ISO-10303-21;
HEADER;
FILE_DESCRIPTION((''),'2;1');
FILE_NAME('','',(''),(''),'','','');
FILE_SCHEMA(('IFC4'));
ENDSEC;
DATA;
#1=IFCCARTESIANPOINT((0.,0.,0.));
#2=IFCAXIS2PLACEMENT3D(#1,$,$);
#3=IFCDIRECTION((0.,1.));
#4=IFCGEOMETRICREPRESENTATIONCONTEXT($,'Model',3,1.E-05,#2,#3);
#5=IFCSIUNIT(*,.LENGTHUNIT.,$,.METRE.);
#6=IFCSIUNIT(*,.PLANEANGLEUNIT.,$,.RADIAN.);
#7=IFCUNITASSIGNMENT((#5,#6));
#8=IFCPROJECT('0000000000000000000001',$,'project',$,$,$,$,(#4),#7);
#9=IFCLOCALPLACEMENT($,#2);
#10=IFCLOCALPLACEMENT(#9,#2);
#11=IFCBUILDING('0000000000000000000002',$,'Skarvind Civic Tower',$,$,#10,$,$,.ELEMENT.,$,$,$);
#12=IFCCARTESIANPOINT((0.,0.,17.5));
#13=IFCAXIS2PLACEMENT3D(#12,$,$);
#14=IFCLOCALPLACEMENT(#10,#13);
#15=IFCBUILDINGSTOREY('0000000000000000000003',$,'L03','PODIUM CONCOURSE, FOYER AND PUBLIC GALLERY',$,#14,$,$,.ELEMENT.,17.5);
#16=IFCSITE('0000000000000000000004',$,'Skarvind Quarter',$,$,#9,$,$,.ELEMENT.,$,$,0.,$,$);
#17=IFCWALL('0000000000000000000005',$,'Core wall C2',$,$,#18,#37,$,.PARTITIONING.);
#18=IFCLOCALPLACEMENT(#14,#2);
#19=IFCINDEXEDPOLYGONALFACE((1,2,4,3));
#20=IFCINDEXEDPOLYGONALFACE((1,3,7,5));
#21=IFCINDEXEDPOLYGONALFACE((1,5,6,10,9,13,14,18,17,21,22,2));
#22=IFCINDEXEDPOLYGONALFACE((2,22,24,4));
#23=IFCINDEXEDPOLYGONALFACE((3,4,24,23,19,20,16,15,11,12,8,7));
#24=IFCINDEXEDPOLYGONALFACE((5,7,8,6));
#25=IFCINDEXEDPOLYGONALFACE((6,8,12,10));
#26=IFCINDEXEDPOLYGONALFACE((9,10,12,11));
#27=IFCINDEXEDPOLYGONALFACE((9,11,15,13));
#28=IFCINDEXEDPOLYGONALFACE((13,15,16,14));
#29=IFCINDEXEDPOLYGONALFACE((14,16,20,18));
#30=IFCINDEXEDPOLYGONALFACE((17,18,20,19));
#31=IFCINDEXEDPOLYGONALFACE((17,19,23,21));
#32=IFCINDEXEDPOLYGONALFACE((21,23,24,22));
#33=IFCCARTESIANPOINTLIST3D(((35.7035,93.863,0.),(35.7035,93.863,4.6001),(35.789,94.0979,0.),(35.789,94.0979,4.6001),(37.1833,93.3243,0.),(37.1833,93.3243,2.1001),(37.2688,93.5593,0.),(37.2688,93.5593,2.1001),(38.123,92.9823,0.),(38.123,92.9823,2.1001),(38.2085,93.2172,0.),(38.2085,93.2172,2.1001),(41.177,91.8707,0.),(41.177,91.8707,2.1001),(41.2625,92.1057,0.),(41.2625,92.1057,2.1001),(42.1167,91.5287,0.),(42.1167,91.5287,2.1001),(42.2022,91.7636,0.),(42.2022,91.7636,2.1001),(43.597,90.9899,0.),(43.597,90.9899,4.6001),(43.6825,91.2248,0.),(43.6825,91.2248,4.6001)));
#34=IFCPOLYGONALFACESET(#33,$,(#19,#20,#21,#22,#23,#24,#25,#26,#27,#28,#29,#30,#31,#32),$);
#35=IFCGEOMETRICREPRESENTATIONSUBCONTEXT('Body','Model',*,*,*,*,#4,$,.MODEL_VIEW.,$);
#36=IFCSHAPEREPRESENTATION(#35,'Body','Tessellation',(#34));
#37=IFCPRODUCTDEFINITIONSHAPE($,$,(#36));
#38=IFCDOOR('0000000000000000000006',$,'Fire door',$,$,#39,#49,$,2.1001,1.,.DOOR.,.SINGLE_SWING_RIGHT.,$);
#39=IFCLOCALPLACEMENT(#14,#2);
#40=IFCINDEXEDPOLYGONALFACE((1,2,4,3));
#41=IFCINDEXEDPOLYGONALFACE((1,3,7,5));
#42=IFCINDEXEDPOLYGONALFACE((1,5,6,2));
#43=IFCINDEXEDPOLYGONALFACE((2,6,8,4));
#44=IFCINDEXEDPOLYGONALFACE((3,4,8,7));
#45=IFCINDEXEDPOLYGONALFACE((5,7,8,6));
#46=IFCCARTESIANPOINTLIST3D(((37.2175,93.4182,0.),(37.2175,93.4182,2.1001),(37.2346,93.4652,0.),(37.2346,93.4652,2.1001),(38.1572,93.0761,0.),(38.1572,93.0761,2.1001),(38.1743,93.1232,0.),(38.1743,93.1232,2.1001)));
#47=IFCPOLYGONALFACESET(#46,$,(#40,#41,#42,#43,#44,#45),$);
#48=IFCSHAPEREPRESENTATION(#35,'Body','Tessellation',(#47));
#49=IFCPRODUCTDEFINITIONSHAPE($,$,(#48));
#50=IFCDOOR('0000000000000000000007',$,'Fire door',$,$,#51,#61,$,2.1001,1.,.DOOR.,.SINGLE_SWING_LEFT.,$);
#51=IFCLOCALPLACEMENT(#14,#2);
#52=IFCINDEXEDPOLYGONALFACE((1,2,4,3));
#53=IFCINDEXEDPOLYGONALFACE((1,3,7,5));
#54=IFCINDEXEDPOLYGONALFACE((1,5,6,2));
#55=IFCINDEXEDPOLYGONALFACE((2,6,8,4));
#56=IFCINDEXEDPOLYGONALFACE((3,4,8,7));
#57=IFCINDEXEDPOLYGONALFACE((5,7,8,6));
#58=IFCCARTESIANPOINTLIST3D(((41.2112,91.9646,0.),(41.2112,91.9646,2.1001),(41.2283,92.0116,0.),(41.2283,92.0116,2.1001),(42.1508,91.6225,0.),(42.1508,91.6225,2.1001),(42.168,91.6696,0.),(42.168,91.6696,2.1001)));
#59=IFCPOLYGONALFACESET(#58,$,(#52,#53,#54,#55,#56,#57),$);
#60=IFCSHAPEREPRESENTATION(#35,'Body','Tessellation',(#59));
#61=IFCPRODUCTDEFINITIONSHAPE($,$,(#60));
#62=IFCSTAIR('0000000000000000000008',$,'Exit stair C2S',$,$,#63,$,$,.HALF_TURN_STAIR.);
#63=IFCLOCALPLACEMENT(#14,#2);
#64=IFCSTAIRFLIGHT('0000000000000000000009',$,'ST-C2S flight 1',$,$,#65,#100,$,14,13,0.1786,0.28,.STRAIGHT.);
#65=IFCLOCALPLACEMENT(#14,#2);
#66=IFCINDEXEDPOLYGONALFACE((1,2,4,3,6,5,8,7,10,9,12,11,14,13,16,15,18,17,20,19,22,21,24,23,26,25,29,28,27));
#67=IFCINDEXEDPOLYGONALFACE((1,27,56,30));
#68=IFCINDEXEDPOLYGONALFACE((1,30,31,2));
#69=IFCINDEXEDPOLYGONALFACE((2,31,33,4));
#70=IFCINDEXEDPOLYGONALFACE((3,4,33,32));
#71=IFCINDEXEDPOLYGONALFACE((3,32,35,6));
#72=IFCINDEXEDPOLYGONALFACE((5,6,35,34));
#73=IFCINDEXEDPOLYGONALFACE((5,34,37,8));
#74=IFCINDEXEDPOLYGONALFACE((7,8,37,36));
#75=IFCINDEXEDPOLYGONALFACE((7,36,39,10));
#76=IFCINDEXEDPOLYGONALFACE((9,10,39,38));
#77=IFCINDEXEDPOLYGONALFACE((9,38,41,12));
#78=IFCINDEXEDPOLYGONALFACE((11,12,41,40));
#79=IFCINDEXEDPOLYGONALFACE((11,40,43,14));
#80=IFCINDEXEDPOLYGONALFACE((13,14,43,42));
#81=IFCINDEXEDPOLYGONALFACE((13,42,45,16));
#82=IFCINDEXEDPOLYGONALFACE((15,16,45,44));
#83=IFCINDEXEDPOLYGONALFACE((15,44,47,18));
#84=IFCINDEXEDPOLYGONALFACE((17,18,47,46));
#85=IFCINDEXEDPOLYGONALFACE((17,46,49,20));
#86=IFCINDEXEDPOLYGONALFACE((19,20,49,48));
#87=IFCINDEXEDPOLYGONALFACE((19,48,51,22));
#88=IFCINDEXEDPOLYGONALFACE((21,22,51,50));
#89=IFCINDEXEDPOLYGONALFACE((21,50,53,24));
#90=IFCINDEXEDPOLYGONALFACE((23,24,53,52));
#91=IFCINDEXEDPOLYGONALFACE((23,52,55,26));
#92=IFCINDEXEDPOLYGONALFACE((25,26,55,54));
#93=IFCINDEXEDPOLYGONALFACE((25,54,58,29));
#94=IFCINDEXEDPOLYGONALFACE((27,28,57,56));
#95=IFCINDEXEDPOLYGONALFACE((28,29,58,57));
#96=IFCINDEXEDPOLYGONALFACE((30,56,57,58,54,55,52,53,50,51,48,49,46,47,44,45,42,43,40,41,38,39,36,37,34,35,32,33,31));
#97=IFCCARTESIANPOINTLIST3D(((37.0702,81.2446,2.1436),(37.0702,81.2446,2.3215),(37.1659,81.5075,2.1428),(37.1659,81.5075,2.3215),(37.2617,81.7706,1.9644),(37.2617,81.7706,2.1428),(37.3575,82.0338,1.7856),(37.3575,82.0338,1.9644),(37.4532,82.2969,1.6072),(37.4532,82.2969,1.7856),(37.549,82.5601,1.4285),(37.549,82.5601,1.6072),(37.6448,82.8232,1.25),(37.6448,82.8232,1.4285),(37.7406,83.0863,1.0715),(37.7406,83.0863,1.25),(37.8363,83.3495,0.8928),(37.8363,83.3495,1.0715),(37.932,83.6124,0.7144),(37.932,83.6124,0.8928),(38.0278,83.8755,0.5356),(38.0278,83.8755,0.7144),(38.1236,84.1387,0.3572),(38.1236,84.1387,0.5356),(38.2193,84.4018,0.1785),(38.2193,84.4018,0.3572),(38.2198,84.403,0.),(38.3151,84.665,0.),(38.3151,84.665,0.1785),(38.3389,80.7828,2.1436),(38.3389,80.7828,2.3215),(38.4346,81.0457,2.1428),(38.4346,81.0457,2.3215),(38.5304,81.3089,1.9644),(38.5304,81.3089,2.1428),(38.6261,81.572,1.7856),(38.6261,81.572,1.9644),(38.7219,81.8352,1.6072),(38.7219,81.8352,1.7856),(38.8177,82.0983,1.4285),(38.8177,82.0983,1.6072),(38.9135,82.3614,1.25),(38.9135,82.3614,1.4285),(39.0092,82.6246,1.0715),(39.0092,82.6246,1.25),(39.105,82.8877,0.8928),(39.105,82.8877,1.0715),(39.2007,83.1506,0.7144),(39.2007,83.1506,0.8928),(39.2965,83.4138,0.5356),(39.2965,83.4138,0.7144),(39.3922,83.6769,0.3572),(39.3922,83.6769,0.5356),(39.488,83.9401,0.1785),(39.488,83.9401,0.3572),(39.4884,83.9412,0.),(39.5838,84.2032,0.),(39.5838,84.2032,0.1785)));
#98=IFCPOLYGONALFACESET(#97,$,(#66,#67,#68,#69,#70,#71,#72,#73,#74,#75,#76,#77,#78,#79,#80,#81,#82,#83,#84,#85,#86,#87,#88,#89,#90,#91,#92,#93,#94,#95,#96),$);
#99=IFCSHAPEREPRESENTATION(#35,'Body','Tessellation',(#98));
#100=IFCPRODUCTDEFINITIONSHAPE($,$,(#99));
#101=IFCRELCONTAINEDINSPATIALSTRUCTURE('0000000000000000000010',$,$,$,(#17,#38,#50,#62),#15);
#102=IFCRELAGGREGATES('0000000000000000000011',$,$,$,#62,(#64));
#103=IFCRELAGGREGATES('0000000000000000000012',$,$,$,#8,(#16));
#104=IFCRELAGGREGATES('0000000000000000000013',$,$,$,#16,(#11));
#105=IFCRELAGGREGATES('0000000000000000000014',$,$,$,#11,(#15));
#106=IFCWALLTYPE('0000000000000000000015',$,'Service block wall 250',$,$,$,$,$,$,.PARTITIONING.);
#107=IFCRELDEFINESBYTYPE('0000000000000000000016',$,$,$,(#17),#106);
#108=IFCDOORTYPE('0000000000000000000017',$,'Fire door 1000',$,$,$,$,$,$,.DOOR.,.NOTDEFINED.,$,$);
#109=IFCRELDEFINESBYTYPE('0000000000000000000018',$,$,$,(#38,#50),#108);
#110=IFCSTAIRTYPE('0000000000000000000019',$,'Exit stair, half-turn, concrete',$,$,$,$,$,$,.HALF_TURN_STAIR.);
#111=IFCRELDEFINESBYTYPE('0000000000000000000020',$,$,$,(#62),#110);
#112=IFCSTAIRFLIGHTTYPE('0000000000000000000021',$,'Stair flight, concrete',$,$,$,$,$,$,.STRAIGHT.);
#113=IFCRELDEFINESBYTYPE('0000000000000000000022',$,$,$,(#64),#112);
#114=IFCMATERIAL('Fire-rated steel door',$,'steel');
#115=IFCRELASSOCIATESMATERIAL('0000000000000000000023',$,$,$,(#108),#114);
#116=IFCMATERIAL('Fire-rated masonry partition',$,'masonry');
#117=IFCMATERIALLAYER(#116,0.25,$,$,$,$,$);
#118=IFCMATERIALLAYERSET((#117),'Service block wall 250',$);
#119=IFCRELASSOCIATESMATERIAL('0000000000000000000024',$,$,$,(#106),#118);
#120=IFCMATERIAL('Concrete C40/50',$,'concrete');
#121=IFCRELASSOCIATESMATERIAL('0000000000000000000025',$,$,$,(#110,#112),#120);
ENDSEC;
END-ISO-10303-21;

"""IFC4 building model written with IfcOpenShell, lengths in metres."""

from ifc_helpers import new_model, si_unit, direction, frame, frame_2d, origin, place, context, subcontext, project, spatial, polyline, rectangle, outline, extrude, material, layer, layer_set, type_object, element, fill, aggregate, save


model = new_model("IFC4")

# Units and contexts
model_context = context("Model", 3, precision=1e-05, world=origin(), true_north=direction((0.0, 1.0)))
body_context = subcontext(model_context, "Body", "Model", "MODEL_VIEW")
ifc_project = project(units=[si_unit("LENGTHUNIT", "METRE"), si_unit("PLANEANGLEUNIT", "RADIAN")], contexts=[model_context])

# Site, building, storey
site_placement = place(None, origin())
site = spatial("IfcSite", under=ifc_project, at=site_placement, Name="Skarvind Quarter", CompositionType="ELEMENT", RefElevation=0.0)
building_placement = place(site_placement, origin())
building = spatial("IfcBuilding", under=site, at=building_placement, Name="Skarvind Civic Tower", CompositionType="ELEMENT")
storey_placement = place(building_placement, frame((0.0, 0.0, 17.5)))
storey = spatial("IfcBuildingStorey", under=building, at=storey_placement, Name="L03", Description="PODIUM CONCOURSE, FOYER AND PUBLIC GALLERY", CompositionType="ELEMENT", Elevation=17.5)

# Shared definitions
ifc_material_1 = material(Name="Fire-rated masonry partition", Category="masonry")
ifc_material_2 = material(Name="Fire-rated steel door", Category="steel")

# Shared definitions
door_type_1 = type_object("IfcDoorType", Name="Fire door 1000", OperationType="NOTDEFINED", PredefinedType="DOOR", material=ifc_material_2)

# Wall, openings, doors
ifc_layer_1 = layer(ifc_material_1, 0.25)
ifc_layer_set_1 = layer_set([ifc_layer_1], Name="Service block wall 250")
wall_type_1 = type_object("IfcWallType", Name="Service block wall 250", PredefinedType="PARTITIONING", material=ifc_layer_set_1)
wall_1_placement = place(storey_placement, frame((35.7461, 93.9805, 0.0), z_axis=(0.0, 0.0, 1.0), x_axis=(0.939692, -0.342023, 0.0)))
wall_1 = element("IfcWall", 1, at=wall_1_placement, inside=storey, type_object=wall_type_1, Name="Core wall C2", PredefinedType="PARTITIONING", context=body_context, shape_type="SweptSolid", body=[
    extrude(rectangle(XDim=8.4001, YDim=0.25, at=frame_2d((4.2002, 0.0))), origin(), (0.0, 0.0, 1.0), 4.6001),
])
opening_1_placement = place(wall_1_placement, frame((1.575, 0.0, 0.0)))
opening_1 = element("IfcOpeningElement", 2, at=opening_1_placement, cuts=wall_1, PredefinedType="OPENING", context=body_context, shape_type="SweptSolid", body=[
    extrude(rectangle(XDim=1.0, YDim=2.1001, at=frame_2d((0.5, 1.05))), frame((0.0, 0.135, 0.0), z_axis=(0.0, -1.0, 0.0), x_axis=(1.0, 0.0, 0.0)), (0.0, 0.0, 1.0), 0.27),
])
opening_2_placement = place(wall_1_placement, frame((5.825, 0.0, 0.0)))
opening_2 = element("IfcOpeningElement", 3, at=opening_2_placement, cuts=wall_1, PredefinedType="OPENING", context=body_context, shape_type="SweptSolid", body=[
    extrude(rectangle(XDim=1.0, YDim=2.1001, at=frame_2d((0.5, 1.05))), frame((0.0, 0.135, 0.0), z_axis=(0.0, -1.0, 0.0), x_axis=(1.0, 0.0, 0.0)), (0.0, 0.0, 1.0), 0.27),
])
door_1_placement = place(opening_1_placement, origin())
door_1 = element("IfcDoor", 4, at=door_1_placement, inside=storey, type_object=door_type_1, Name="Fire door", OperationType="SINGLE_SWING_RIGHT", OverallHeight=2.1001, OverallWidth=1.0, PredefinedType="DOOR", context=body_context, shape_type="SweptSolid", body=[
    extrude(rectangle(XDim=1.0, YDim=2.1001, at=frame_2d((0.5, 1.05))), frame((0.0, 0.0249, 0.0), z_axis=(0.0, -1.0, 0.0), x_axis=(1.0, 0.0, 0.0)), (0.0, 0.0, 1.0), 0.05),
])
fill(opening_1, door_1)
door_2_placement = place(opening_2_placement, origin())
door_2 = element("IfcDoor", 5, at=door_2_placement, inside=storey, type_object=door_type_1, Name="Fire door", OperationType="SINGLE_SWING_LEFT", OverallHeight=2.1001, OverallWidth=1.0, PredefinedType="DOOR", context=body_context, shape_type="SweptSolid", body=[
    extrude(rectangle(XDim=1.0, YDim=2.1001, at=frame_2d((0.5, 1.05))), frame((0.0, 0.0249, 0.0), z_axis=(0.0, -1.0, 0.0), x_axis=(1.0, 0.0, 0.0)), (0.0, 0.0, 1.0), 0.05),
])
fill(opening_2, door_2)

# Stair, stair flight
ifc_material_3 = material(Name="Concrete C40/50", Category="concrete")
stair_type = type_object("IfcStairType", Name="Exit stair, half-turn, concrete", PredefinedType="HALF_TURN_STAIR", material=ifc_material_3)
stair_placement = place(storey_placement, origin())
stair = element("IfcStair", 6, at=stair_placement, inside=storey, type_object=stair_type, Name="Exit stair C2S", PredefinedType="HALF_TURN_STAIR")
stair_flight_type = type_object("IfcStairFlightType", Name="Stair flight, concrete", PredefinedType="STRAIGHT", material=ifc_material_3)
stair_flight_placement = place(storey_placement, frame((38.9495, 84.4341, 0.0), z_axis=(0.0, 0.0, 1.0), x_axis=(-0.34202, -0.939693, 0.0)))
stair_flight = element("IfcStairFlight", 7, at=stair_flight_placement, type_object=stair_flight_type, Name="ST-C2S flight 1", NumberOfRisers=14, NumberOfTreads=13, PredefinedType="STRAIGHT", RiserHeight=0.1786, TreadLength=0.28, context=body_context, shape_type="SweptSolid", body=[
    extrude(outline(polyline([(0.0, 0.0), (0.0, 0.1785), (0.28, 0.1785), (0.28, 0.3572), (0.5601, 0.3572), (0.5601, 0.5356), (0.8401, 0.5356), (0.8401, 0.7144), (1.1201, 0.7144), (1.1201, 0.8928), (1.3999, 0.8928), (1.3999, 1.0715), (1.6799, 1.0715), (1.6799, 1.25), (1.96, 1.25), (1.96, 1.4285), (2.24, 1.4285), (2.24, 1.6072), (2.52, 1.6072), (2.52, 1.7856), (2.8, 1.7856), (2.8, 1.9644), (3.0801, 1.9644), (3.0801, 2.1428), (3.3601, 2.1428), (3.3601, 2.3215), (3.6399, 2.3215), (3.6399, 2.5), (3.6399, 2.1436), (0.2788, 0.0), (0.0, 0.0)])), frame((0.0, 0.675, 0.0), z_axis=(0.0, -1.0, 0.0), x_axis=(1.0, 0.0, 0.0)), (0.0, 0.0, 1.0), 1.3501),
])
aggregate(stair, [stair_flight])

save(model, "model.ifc")
